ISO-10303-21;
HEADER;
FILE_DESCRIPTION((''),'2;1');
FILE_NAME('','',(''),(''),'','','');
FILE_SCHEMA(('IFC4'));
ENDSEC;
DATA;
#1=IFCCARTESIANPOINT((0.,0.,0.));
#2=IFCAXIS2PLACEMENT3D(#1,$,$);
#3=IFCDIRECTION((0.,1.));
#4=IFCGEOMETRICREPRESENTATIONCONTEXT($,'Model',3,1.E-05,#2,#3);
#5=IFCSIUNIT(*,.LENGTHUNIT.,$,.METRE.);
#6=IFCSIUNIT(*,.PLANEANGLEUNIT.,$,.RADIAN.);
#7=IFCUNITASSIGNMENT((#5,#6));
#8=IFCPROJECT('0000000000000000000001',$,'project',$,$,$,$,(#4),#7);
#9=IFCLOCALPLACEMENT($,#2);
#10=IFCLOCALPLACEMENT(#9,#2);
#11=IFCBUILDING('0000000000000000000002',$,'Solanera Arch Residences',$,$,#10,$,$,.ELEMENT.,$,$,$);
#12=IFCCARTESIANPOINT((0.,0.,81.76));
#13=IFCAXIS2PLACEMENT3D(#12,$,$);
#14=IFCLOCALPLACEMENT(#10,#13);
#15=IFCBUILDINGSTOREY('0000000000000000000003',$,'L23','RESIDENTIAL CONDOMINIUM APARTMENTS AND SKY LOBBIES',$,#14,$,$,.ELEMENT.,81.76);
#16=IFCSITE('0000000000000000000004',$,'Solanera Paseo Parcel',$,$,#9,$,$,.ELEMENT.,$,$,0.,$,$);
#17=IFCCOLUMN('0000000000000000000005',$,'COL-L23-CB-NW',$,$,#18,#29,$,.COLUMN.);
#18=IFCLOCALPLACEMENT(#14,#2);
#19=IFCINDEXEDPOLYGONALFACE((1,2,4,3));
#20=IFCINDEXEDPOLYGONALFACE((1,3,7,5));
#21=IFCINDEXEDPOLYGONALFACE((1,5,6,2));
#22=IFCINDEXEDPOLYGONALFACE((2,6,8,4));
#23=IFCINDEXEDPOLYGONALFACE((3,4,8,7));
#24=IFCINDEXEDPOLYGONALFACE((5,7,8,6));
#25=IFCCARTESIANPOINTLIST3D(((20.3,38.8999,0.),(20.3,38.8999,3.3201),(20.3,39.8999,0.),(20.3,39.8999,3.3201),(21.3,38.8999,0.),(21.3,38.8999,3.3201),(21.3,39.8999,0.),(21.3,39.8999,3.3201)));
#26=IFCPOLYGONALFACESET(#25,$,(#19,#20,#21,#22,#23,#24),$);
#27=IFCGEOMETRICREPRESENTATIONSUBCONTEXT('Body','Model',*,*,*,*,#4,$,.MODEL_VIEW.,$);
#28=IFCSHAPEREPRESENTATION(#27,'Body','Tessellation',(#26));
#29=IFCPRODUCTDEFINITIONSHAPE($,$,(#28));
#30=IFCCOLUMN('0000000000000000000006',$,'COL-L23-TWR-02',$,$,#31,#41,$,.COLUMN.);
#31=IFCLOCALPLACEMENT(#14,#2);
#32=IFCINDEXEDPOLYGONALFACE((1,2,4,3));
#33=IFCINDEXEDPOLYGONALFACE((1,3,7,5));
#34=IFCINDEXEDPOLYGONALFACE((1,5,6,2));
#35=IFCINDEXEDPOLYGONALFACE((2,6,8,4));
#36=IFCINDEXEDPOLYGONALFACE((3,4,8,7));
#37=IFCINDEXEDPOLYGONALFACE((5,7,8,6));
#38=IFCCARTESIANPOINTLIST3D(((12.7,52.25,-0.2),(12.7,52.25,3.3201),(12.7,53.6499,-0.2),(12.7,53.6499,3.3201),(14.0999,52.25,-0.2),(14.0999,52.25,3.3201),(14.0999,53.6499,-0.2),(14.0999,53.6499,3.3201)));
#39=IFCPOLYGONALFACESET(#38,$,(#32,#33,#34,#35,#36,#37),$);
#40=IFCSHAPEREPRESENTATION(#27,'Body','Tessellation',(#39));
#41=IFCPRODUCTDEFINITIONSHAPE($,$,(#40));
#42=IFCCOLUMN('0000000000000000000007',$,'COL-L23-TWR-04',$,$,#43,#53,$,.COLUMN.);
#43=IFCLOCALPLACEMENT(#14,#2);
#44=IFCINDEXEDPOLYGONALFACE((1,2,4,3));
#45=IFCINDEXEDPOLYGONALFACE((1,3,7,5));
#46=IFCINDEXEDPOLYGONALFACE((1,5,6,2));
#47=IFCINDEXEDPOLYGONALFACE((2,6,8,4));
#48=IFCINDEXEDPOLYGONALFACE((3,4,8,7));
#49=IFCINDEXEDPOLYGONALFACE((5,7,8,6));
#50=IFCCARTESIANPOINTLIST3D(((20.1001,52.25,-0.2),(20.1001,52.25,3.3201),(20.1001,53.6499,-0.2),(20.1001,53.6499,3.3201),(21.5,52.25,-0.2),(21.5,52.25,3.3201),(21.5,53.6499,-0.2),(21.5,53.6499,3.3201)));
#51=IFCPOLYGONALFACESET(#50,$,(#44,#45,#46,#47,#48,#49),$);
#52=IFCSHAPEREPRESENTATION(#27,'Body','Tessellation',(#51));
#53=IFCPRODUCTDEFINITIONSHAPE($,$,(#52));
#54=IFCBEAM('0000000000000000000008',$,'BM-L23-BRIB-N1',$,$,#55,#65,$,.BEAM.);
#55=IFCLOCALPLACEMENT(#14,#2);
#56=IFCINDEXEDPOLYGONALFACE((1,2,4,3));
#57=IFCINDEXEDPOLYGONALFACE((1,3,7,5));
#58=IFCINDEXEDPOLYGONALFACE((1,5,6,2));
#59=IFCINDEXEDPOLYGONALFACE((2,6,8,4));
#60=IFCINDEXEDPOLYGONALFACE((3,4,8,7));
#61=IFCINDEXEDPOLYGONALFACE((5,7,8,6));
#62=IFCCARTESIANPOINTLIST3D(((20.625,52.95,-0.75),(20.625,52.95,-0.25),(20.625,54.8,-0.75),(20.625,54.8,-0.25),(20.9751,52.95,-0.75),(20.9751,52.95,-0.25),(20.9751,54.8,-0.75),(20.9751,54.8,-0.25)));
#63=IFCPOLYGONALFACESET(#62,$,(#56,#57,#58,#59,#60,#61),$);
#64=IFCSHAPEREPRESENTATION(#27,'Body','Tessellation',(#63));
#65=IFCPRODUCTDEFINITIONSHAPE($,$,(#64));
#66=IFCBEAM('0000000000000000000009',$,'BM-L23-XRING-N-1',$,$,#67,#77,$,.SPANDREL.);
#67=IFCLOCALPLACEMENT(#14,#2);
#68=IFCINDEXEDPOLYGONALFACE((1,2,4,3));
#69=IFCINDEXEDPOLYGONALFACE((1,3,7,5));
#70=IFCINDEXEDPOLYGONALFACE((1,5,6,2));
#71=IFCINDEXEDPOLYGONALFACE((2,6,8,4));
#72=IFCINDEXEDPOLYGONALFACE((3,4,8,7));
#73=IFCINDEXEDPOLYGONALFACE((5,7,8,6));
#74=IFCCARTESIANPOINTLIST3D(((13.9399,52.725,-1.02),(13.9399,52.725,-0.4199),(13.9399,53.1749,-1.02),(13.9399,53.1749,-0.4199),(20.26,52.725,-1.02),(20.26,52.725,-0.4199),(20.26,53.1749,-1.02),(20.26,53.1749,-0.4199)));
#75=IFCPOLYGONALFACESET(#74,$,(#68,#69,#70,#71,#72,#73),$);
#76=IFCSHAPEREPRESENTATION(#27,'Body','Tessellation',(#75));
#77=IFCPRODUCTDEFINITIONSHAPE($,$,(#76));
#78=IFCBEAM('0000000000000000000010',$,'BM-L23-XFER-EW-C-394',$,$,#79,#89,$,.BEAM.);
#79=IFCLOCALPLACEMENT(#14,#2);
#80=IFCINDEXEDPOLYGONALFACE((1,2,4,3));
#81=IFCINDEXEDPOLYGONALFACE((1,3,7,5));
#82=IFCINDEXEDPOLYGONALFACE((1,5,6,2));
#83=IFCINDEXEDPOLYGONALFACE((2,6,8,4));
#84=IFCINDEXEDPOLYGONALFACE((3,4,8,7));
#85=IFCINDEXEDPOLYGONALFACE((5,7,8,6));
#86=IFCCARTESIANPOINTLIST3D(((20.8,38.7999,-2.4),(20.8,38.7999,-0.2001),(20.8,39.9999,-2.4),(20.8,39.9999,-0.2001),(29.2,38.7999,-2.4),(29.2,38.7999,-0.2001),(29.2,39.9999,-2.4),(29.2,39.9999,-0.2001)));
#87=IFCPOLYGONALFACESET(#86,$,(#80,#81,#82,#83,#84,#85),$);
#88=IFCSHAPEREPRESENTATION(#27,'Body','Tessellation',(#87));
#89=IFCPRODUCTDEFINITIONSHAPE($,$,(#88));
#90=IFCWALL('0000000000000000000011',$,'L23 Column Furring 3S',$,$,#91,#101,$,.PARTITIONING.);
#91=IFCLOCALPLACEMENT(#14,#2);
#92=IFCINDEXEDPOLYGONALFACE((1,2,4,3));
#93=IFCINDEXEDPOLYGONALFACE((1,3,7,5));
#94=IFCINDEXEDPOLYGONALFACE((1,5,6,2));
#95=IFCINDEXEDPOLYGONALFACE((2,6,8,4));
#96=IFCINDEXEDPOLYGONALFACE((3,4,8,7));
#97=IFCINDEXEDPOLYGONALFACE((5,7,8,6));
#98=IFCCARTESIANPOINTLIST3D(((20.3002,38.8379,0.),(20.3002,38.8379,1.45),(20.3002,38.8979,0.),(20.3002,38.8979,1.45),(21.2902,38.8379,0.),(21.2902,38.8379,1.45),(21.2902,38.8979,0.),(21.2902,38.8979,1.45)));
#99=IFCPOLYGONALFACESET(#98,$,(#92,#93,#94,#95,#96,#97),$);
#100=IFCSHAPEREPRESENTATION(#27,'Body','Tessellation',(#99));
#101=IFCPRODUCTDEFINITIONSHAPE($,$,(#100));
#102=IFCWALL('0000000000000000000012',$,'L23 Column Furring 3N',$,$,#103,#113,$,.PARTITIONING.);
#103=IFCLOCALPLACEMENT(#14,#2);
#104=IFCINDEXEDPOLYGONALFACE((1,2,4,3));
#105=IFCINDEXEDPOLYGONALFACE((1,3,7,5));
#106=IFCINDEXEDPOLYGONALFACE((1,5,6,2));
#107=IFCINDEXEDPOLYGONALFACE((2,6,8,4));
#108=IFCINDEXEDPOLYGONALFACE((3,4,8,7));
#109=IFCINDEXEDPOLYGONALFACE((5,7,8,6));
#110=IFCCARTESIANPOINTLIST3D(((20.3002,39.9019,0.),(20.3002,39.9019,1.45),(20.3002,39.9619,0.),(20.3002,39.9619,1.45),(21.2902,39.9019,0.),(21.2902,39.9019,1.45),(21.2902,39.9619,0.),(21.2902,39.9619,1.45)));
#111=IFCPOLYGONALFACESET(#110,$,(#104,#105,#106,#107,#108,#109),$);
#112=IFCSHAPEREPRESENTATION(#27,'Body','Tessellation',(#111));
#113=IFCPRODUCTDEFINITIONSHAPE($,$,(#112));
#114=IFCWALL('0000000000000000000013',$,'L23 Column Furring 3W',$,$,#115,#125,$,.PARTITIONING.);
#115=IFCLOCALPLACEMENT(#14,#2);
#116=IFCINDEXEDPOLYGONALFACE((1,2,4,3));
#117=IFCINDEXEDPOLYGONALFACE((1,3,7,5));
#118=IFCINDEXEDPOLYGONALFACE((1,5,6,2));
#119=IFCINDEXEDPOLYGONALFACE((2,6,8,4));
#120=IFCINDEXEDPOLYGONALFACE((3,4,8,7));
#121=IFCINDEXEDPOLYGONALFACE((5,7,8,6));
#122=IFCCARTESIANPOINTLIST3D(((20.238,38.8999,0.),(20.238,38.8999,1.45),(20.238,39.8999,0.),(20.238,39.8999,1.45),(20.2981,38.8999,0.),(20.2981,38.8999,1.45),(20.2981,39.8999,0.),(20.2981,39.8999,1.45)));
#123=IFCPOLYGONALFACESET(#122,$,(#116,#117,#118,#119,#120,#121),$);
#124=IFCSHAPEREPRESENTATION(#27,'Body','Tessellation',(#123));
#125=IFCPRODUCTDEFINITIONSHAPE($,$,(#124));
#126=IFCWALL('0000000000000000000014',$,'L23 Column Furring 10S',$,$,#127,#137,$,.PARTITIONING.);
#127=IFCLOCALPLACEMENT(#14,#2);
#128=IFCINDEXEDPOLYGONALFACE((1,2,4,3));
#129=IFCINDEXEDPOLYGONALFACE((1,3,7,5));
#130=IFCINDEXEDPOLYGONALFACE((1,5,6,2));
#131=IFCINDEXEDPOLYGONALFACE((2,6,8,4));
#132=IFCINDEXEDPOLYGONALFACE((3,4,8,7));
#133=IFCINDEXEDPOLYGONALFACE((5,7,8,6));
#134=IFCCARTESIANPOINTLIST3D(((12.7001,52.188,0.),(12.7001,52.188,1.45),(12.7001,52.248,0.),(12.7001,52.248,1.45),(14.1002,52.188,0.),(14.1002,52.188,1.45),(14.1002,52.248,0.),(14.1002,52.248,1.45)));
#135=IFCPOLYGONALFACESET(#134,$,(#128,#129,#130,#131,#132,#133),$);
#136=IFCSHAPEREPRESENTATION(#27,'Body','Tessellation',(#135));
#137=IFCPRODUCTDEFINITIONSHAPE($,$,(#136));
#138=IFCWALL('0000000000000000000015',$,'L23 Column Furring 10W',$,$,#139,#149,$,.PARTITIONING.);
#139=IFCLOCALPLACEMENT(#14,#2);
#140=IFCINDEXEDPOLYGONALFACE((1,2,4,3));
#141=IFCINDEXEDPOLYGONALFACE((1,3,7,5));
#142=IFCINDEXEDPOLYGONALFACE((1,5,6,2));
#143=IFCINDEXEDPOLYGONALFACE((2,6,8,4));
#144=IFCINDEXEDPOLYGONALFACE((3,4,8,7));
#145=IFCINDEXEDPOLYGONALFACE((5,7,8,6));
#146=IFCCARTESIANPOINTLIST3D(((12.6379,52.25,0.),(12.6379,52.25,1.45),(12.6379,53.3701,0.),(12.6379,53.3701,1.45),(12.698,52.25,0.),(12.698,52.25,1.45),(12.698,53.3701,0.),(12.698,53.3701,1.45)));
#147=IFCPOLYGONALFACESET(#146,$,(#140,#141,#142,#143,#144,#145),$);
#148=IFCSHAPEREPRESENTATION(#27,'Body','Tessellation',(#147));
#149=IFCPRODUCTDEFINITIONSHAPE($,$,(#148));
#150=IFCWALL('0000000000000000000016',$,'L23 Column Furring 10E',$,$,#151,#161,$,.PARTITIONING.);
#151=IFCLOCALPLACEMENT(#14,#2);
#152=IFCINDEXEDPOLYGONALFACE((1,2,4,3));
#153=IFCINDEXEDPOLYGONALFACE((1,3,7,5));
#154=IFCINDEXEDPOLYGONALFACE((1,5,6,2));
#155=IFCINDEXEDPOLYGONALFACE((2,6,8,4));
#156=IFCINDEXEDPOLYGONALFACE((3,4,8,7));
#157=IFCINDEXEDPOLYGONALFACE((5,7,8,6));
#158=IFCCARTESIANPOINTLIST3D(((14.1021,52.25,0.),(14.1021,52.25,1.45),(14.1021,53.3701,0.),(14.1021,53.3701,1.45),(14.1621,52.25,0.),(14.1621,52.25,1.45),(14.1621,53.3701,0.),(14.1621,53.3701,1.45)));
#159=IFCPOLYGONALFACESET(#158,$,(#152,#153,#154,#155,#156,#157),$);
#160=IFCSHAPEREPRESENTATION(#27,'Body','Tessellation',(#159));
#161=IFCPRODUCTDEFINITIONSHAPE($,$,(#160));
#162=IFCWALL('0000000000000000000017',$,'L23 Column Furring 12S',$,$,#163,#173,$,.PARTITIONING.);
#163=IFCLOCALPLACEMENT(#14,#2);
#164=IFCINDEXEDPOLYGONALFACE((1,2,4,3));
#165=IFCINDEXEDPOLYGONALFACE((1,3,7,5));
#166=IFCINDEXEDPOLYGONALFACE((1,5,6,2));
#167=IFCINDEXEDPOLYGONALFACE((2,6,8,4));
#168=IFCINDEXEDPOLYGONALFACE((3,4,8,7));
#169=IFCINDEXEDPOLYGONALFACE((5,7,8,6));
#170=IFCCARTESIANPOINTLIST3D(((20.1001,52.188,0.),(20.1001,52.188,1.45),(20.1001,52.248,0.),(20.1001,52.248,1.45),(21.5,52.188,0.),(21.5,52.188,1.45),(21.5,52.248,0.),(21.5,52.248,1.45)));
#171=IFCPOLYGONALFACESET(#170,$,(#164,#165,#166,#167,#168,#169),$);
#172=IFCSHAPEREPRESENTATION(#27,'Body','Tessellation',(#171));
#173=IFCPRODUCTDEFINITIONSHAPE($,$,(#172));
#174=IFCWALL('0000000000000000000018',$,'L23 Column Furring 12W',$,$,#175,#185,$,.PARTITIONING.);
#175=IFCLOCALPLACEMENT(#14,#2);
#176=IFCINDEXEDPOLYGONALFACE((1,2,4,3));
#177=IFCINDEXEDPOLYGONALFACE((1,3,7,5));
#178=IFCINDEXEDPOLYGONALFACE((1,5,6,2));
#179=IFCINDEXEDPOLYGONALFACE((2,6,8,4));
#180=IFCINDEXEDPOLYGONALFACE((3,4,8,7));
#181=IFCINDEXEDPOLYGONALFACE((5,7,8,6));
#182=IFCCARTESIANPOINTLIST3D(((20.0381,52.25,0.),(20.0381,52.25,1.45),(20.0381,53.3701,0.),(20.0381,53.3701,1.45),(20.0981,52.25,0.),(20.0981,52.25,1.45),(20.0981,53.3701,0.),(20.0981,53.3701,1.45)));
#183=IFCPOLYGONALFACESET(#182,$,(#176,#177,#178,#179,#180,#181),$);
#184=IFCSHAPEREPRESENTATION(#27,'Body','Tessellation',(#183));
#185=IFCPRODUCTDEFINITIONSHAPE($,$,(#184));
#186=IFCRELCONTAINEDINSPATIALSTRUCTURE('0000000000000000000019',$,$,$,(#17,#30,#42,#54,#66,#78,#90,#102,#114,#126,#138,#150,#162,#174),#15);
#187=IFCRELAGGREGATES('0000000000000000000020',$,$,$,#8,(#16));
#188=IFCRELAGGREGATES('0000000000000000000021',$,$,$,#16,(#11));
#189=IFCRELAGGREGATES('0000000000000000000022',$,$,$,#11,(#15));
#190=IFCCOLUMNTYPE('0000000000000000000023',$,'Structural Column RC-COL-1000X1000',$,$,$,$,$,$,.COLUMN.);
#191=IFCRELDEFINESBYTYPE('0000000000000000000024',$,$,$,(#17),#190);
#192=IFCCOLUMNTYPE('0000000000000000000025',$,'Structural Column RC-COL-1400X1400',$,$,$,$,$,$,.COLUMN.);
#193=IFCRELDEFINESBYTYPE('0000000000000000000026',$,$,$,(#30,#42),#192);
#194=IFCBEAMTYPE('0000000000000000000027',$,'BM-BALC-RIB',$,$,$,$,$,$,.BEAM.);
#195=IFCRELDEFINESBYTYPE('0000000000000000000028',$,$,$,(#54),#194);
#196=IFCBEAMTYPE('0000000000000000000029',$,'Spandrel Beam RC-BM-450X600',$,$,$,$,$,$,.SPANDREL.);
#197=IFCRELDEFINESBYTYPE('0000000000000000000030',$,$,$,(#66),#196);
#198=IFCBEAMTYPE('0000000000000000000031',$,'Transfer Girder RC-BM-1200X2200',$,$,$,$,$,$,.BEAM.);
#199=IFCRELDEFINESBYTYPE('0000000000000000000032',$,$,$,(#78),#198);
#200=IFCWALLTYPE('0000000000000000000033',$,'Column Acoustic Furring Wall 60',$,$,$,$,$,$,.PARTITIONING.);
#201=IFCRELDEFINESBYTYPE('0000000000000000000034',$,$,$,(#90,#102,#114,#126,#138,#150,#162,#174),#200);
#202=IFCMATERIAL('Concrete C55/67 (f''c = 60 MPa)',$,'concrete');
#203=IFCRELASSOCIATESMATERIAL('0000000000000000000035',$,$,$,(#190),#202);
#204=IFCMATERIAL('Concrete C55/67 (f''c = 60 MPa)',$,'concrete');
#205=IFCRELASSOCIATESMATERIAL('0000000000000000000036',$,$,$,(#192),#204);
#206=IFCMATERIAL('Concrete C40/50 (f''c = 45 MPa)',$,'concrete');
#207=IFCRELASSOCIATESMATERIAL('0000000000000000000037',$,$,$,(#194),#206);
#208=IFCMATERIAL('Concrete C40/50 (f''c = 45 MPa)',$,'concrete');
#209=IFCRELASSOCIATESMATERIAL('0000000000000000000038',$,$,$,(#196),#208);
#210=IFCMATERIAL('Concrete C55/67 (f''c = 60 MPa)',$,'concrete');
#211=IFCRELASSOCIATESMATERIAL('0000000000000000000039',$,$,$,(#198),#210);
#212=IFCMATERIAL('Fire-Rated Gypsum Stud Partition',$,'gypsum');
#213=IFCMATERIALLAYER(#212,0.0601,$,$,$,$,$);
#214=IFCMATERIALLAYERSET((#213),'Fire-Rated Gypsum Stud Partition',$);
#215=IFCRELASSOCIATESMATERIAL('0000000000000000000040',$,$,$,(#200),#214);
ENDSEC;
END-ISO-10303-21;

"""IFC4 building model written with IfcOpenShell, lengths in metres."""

from ifc_helpers import new_model, si_unit, direction, frame, frame_2d, origin, origin_2d, place, context, subcontext, project, spatial, rectangle, extrude, material, layer, layer_set, material_profile, profile_set, type_object, element, save


model = new_model("IFC4")

# Units and contexts
model_context = context("Model", 3, precision=1e-05, world=origin(), true_north=direction((0.0, 1.0)))
body_context = subcontext(model_context, "Body", "Model", "MODEL_VIEW")
ifc_project = project(units=[si_unit("LENGTHUNIT", "METRE"), si_unit("PLANEANGLEUNIT", "RADIAN")], contexts=[model_context])

# Site, building, storey
site_placement = place(None, origin())
site = spatial("IfcSite", under=ifc_project, at=site_placement, Name="Solanera Paseo Parcel", CompositionType="ELEMENT", RefElevation=0.0)
building_placement = place(site_placement, origin())
building = spatial("IfcBuilding", under=site, at=building_placement, Name="Solanera Arch Residences", CompositionType="ELEMENT")
storey_placement = place(building_placement, frame((0.0, 0.0, 81.76)))
storey = spatial("IfcBuildingStorey", under=building, at=storey_placement, Name="L23", Description="RESIDENTIAL CONDOMINIUM APARTMENTS AND SKY LOBBIES", CompositionType="ELEMENT", Elevation=81.76)

# Columns
ifc_material_1 = material(Name="Concrete C55/67 (f'c = 60 MPa)", Category="concrete")
ifc_material_profile_1 = material_profile(ifc_material_1, rectangle(XDim=1.0, YDim=1.0, at=origin_2d()))
ifc_profile_set_1 = profile_set([ifc_material_profile_1], Name="Concrete C55/67 (f'c = 60 MPa)")
column_type_1 = type_object("IfcColumnType", Name="Structural Column RC-COL-1000X1000", PredefinedType="COLUMN", material=ifc_profile_set_1)
column_placement = place(storey_placement, frame((20.8, 39.3999, 0.0), z_axis=(0.0, 0.0, 1.0), x_axis=(1.0, 0.0, 0.0)))
element("IfcColumn", 1, at=column_placement, inside=storey, type_object=column_type_1, Name="COL-L23-CB-NW", PredefinedType="COLUMN", context=body_context, shape_type="SweptSolid", body=[
    extrude(rectangle(XDim=1.0, YDim=1.0, at=origin_2d()), origin(), (0.0, 0.0, 1.0), 3.3201),
])
ifc_material_2 = material(Name="Concrete C55/67 (f'c = 60 MPa)", Category="concrete")
ifc_material_profile_2 = material_profile(ifc_material_2, rectangle(XDim=1.3999, YDim=1.3999, at=origin_2d()))
ifc_profile_set_2 = profile_set([ifc_material_profile_2], Name="Concrete C55/67 (f'c = 60 MPa)")
column_type_2 = type_object("IfcColumnType", Name="Structural Column RC-COL-1400X1400", PredefinedType="COLUMN", material=ifc_profile_set_2)
for number, where, z_axis, x_axis, name in (
    (2, (13.3999, 52.95, -0.2), (0.0, 0.0, 1.0), (1.0, 0.0, 0.0), "COL-L23-TWR-02"),
    (3, (20.8, 52.95, -0.2), (0.0, 0.0, 1.0), (1.0, 0.0, 0.0), "COL-L23-TWR-04"),
):
    element("IfcColumn", number, at=place(storey_placement, frame(where, z_axis=z_axis, x_axis=x_axis)), inside=storey, type_object=column_type_2, Name=name, PredefinedType="COLUMN", context=body_context, shape_type="SweptSolid", body=[
        extrude(rectangle(XDim=1.3999, YDim=1.3999, at=origin_2d()), origin(), (0.0, 0.0, 1.0), 3.52),
    ])

# Beams
ifc_material_3 = material(Name="Concrete C40/50 (f'c = 45 MPa)", Category="concrete")
ifc_material_profile_3 = material_profile(ifc_material_3, rectangle(XDim=0.3501, YDim=0.5, at=origin_2d()))
ifc_profile_set_3 = profile_set([ifc_material_profile_3], Name="Concrete C40/50 (f'c = 45 MPa)")
beam_type_1 = type_object("IfcBeamType", Name="BM-BALC-RIB", PredefinedType="BEAM", material=ifc_profile_set_3)
beam_1_placement = place(storey_placement, frame((20.8, 52.95, -0.5), z_axis=(0.0, 1.0, 0.0), x_axis=(-1.0, 0.0, 0.0)))
element("IfcBeam", 4, at=beam_1_placement, inside=storey, type_object=beam_type_1, Name="BM-L23-BRIB-N1", PredefinedType="BEAM", context=body_context, shape_type="SweptSolid", body=[
    extrude(rectangle(XDim=0.3501, YDim=0.5, at=origin_2d()), origin(), (0.0, 0.0, 1.0), 1.8501),
])
ifc_material_4 = material(Name="Concrete C40/50 (f'c = 45 MPa)", Category="concrete")
ifc_material_profile_4 = material_profile(ifc_material_4, rectangle(XDim=0.45, YDim=0.6001, at=origin_2d()))
ifc_profile_set_4 = profile_set([ifc_material_profile_4], Name="Concrete C40/50 (f'c = 45 MPa)")
beam_type_2 = type_object("IfcBeamType", Name="Spandrel Beam RC-BM-450X600", PredefinedType="SPANDREL", material=ifc_profile_set_4)
beam_2_placement = place(storey_placement, frame((13.9399, 52.95, -0.72), z_axis=(1.0, 0.0, 0.0), x_axis=(0.0, 1.0, 0.0)))
element("IfcBeam", 5, at=beam_2_placement, inside=storey, type_object=beam_type_2, Name="BM-L23-XRING-N-1", PredefinedType="SPANDREL", context=body_context, shape_type="SweptSolid", body=[
    extrude(rectangle(XDim=0.45, YDim=0.6001, at=origin_2d()), origin(), (0.0, 0.0, 1.0), 6.3201),
])
ifc_material_5 = material(Name="Concrete C55/67 (f'c = 60 MPa)", Category="concrete")
ifc_material_profile_5 = material_profile(ifc_material_5, rectangle(XDim=1.2, YDim=2.2, at=origin_2d()))
ifc_profile_set_5 = profile_set([ifc_material_profile_5], Name="Concrete C55/67 (f'c = 60 MPa)")
beam_type_3 = type_object("IfcBeamType", Name="Transfer Girder RC-BM-1200X2200", PredefinedType="BEAM", material=ifc_profile_set_5)
beam_3_placement = place(storey_placement, frame((20.8, 39.3999, -1.3), z_axis=(1.0, 0.0, 0.0), x_axis=(0.0, 1.0, 0.0)))
element("IfcBeam", 6, at=beam_3_placement, inside=storey, type_object=beam_type_3, Name="BM-L23-XFER-EW-C-394", PredefinedType="BEAM", context=body_context, shape_type="SweptSolid", body=[
    extrude(rectangle(XDim=1.2, YDim=2.2, at=origin_2d()), origin(), (0.0, 0.0, 1.0), 8.3999),
])

# Walls
ifc_material_6 = material(Name="Fire-Rated Gypsum Stud Partition", Category="gypsum")
ifc_layer_1 = layer(ifc_material_6, 0.0601)
ifc_layer_set_1 = layer_set([ifc_layer_1], Name="Fire-Rated Gypsum Stud Partition")
wall_type_1 = type_object("IfcWallType", Name="Column Acoustic Furring Wall 60", PredefinedType="PARTITIONING", material=ifc_layer_set_1)
for number, where, z_axis, x_axis, name in (
    (7, (20.3, 38.8679, 0.0), (0.0, 0.0, 1.0), (1.0, 0.0, 0.0), "L23 Column Furring 3S"),
    (8, (20.3, 39.9319, 0.0), (0.0, 0.0, 1.0), (1.0, 0.0, 0.0), "L23 Column Furring 3N"),
):
    element("IfcWall", number, at=place(storey_placement, frame(where, z_axis=z_axis, x_axis=x_axis)), inside=storey, type_object=wall_type_1, Name=name, PredefinedType="PARTITIONING", context=body_context, shape_type="SweptSolid", body=[
        extrude(rectangle(XDim=0.99, YDim=0.0601, at=frame_2d((0.4951, 0.0))), origin(), (0.0, 0.0, 1.0), 1.45),
    ])
wall_1_placement = place(storey_placement, frame((20.2681, 38.8999, 0.0), z_axis=(0.0, 0.0, 1.0), x_axis=(0.0, 1.0, 0.0)))
element("IfcWall", 9, at=wall_1_placement, inside=storey, type_object=wall_type_1, Name="L23 Column Furring 3W", PredefinedType="PARTITIONING", context=body_context, shape_type="SweptSolid", body=[
    extrude(rectangle(XDim=1.0, YDim=0.0601, at=frame_2d((0.5, 0.0))), origin(), (0.0, 0.0, 1.0), 1.45),
])
wall_2_placement = place(storey_placement, frame((12.7, 52.218, 0.0), z_axis=(0.0, 0.0, 1.0), x_axis=(1.0, 0.0, 0.0)))
element("IfcWall", 10, at=wall_2_placement, inside=storey, type_object=wall_type_1, Name="L23 Column Furring 10S", PredefinedType="PARTITIONING", context=body_context, shape_type="SweptSolid", body=[
    extrude(rectangle(XDim=1.4001, YDim=0.0601, at=frame_2d((0.7002, 0.0))), origin(), (0.0, 0.0, 1.0), 1.45),
])
for number, where, z_axis, x_axis, name in (
    (11, (12.668, 52.25, 0.0), (0.0, 0.0, 1.0), (0.0, 1.0, 0.0), "L23 Column Furring 10W"),
    (12, (14.1321, 52.25, 0.0), (0.0, 0.0, 1.0), (0.0, 1.0, 0.0), "L23 Column Furring 10E"),
):
    element("IfcWall", number, at=place(storey_placement, frame(where, z_axis=z_axis, x_axis=x_axis)), inside=storey, type_object=wall_type_1, Name=name, PredefinedType="PARTITIONING", context=body_context, shape_type="SweptSolid", body=[
        extrude(rectangle(XDim=1.1201, YDim=0.0601, at=frame_2d((0.5601, 0.0))), origin(), (0.0, 0.0, 1.0), 1.45),
    ])
wall_3_placement = place(storey_placement, frame((20.1001, 52.218, 0.0), z_axis=(0.0, 0.0, 1.0), x_axis=(1.0, 0.0, 0.0)))
element("IfcWall", 13, at=wall_3_placement, inside=storey, type_object=wall_type_1, Name="L23 Column Furring 12S", PredefinedType="PARTITIONING", context=body_context, shape_type="SweptSolid", body=[
    extrude(rectangle(XDim=1.3999, YDim=0.0601, at=frame_2d((0.7, 0.0))), origin(), (0.0, 0.0, 1.0), 1.45),
])
wall_4_placement = place(storey_placement, frame((20.0681, 52.25, 0.0), z_axis=(0.0, 0.0, 1.0), x_axis=(0.0, 1.0, 0.0)))
element("IfcWall", 14, at=wall_4_placement, inside=storey, type_object=wall_type_1, Name="L23 Column Furring 12W", PredefinedType="PARTITIONING", context=body_context, shape_type="SweptSolid", body=[
    extrude(rectangle(XDim=1.1201, YDim=0.0601, at=frame_2d((0.5601, 0.0))), origin(), (0.0, 0.0, 1.0), 1.45),
])

save(model, "model.ifc")
